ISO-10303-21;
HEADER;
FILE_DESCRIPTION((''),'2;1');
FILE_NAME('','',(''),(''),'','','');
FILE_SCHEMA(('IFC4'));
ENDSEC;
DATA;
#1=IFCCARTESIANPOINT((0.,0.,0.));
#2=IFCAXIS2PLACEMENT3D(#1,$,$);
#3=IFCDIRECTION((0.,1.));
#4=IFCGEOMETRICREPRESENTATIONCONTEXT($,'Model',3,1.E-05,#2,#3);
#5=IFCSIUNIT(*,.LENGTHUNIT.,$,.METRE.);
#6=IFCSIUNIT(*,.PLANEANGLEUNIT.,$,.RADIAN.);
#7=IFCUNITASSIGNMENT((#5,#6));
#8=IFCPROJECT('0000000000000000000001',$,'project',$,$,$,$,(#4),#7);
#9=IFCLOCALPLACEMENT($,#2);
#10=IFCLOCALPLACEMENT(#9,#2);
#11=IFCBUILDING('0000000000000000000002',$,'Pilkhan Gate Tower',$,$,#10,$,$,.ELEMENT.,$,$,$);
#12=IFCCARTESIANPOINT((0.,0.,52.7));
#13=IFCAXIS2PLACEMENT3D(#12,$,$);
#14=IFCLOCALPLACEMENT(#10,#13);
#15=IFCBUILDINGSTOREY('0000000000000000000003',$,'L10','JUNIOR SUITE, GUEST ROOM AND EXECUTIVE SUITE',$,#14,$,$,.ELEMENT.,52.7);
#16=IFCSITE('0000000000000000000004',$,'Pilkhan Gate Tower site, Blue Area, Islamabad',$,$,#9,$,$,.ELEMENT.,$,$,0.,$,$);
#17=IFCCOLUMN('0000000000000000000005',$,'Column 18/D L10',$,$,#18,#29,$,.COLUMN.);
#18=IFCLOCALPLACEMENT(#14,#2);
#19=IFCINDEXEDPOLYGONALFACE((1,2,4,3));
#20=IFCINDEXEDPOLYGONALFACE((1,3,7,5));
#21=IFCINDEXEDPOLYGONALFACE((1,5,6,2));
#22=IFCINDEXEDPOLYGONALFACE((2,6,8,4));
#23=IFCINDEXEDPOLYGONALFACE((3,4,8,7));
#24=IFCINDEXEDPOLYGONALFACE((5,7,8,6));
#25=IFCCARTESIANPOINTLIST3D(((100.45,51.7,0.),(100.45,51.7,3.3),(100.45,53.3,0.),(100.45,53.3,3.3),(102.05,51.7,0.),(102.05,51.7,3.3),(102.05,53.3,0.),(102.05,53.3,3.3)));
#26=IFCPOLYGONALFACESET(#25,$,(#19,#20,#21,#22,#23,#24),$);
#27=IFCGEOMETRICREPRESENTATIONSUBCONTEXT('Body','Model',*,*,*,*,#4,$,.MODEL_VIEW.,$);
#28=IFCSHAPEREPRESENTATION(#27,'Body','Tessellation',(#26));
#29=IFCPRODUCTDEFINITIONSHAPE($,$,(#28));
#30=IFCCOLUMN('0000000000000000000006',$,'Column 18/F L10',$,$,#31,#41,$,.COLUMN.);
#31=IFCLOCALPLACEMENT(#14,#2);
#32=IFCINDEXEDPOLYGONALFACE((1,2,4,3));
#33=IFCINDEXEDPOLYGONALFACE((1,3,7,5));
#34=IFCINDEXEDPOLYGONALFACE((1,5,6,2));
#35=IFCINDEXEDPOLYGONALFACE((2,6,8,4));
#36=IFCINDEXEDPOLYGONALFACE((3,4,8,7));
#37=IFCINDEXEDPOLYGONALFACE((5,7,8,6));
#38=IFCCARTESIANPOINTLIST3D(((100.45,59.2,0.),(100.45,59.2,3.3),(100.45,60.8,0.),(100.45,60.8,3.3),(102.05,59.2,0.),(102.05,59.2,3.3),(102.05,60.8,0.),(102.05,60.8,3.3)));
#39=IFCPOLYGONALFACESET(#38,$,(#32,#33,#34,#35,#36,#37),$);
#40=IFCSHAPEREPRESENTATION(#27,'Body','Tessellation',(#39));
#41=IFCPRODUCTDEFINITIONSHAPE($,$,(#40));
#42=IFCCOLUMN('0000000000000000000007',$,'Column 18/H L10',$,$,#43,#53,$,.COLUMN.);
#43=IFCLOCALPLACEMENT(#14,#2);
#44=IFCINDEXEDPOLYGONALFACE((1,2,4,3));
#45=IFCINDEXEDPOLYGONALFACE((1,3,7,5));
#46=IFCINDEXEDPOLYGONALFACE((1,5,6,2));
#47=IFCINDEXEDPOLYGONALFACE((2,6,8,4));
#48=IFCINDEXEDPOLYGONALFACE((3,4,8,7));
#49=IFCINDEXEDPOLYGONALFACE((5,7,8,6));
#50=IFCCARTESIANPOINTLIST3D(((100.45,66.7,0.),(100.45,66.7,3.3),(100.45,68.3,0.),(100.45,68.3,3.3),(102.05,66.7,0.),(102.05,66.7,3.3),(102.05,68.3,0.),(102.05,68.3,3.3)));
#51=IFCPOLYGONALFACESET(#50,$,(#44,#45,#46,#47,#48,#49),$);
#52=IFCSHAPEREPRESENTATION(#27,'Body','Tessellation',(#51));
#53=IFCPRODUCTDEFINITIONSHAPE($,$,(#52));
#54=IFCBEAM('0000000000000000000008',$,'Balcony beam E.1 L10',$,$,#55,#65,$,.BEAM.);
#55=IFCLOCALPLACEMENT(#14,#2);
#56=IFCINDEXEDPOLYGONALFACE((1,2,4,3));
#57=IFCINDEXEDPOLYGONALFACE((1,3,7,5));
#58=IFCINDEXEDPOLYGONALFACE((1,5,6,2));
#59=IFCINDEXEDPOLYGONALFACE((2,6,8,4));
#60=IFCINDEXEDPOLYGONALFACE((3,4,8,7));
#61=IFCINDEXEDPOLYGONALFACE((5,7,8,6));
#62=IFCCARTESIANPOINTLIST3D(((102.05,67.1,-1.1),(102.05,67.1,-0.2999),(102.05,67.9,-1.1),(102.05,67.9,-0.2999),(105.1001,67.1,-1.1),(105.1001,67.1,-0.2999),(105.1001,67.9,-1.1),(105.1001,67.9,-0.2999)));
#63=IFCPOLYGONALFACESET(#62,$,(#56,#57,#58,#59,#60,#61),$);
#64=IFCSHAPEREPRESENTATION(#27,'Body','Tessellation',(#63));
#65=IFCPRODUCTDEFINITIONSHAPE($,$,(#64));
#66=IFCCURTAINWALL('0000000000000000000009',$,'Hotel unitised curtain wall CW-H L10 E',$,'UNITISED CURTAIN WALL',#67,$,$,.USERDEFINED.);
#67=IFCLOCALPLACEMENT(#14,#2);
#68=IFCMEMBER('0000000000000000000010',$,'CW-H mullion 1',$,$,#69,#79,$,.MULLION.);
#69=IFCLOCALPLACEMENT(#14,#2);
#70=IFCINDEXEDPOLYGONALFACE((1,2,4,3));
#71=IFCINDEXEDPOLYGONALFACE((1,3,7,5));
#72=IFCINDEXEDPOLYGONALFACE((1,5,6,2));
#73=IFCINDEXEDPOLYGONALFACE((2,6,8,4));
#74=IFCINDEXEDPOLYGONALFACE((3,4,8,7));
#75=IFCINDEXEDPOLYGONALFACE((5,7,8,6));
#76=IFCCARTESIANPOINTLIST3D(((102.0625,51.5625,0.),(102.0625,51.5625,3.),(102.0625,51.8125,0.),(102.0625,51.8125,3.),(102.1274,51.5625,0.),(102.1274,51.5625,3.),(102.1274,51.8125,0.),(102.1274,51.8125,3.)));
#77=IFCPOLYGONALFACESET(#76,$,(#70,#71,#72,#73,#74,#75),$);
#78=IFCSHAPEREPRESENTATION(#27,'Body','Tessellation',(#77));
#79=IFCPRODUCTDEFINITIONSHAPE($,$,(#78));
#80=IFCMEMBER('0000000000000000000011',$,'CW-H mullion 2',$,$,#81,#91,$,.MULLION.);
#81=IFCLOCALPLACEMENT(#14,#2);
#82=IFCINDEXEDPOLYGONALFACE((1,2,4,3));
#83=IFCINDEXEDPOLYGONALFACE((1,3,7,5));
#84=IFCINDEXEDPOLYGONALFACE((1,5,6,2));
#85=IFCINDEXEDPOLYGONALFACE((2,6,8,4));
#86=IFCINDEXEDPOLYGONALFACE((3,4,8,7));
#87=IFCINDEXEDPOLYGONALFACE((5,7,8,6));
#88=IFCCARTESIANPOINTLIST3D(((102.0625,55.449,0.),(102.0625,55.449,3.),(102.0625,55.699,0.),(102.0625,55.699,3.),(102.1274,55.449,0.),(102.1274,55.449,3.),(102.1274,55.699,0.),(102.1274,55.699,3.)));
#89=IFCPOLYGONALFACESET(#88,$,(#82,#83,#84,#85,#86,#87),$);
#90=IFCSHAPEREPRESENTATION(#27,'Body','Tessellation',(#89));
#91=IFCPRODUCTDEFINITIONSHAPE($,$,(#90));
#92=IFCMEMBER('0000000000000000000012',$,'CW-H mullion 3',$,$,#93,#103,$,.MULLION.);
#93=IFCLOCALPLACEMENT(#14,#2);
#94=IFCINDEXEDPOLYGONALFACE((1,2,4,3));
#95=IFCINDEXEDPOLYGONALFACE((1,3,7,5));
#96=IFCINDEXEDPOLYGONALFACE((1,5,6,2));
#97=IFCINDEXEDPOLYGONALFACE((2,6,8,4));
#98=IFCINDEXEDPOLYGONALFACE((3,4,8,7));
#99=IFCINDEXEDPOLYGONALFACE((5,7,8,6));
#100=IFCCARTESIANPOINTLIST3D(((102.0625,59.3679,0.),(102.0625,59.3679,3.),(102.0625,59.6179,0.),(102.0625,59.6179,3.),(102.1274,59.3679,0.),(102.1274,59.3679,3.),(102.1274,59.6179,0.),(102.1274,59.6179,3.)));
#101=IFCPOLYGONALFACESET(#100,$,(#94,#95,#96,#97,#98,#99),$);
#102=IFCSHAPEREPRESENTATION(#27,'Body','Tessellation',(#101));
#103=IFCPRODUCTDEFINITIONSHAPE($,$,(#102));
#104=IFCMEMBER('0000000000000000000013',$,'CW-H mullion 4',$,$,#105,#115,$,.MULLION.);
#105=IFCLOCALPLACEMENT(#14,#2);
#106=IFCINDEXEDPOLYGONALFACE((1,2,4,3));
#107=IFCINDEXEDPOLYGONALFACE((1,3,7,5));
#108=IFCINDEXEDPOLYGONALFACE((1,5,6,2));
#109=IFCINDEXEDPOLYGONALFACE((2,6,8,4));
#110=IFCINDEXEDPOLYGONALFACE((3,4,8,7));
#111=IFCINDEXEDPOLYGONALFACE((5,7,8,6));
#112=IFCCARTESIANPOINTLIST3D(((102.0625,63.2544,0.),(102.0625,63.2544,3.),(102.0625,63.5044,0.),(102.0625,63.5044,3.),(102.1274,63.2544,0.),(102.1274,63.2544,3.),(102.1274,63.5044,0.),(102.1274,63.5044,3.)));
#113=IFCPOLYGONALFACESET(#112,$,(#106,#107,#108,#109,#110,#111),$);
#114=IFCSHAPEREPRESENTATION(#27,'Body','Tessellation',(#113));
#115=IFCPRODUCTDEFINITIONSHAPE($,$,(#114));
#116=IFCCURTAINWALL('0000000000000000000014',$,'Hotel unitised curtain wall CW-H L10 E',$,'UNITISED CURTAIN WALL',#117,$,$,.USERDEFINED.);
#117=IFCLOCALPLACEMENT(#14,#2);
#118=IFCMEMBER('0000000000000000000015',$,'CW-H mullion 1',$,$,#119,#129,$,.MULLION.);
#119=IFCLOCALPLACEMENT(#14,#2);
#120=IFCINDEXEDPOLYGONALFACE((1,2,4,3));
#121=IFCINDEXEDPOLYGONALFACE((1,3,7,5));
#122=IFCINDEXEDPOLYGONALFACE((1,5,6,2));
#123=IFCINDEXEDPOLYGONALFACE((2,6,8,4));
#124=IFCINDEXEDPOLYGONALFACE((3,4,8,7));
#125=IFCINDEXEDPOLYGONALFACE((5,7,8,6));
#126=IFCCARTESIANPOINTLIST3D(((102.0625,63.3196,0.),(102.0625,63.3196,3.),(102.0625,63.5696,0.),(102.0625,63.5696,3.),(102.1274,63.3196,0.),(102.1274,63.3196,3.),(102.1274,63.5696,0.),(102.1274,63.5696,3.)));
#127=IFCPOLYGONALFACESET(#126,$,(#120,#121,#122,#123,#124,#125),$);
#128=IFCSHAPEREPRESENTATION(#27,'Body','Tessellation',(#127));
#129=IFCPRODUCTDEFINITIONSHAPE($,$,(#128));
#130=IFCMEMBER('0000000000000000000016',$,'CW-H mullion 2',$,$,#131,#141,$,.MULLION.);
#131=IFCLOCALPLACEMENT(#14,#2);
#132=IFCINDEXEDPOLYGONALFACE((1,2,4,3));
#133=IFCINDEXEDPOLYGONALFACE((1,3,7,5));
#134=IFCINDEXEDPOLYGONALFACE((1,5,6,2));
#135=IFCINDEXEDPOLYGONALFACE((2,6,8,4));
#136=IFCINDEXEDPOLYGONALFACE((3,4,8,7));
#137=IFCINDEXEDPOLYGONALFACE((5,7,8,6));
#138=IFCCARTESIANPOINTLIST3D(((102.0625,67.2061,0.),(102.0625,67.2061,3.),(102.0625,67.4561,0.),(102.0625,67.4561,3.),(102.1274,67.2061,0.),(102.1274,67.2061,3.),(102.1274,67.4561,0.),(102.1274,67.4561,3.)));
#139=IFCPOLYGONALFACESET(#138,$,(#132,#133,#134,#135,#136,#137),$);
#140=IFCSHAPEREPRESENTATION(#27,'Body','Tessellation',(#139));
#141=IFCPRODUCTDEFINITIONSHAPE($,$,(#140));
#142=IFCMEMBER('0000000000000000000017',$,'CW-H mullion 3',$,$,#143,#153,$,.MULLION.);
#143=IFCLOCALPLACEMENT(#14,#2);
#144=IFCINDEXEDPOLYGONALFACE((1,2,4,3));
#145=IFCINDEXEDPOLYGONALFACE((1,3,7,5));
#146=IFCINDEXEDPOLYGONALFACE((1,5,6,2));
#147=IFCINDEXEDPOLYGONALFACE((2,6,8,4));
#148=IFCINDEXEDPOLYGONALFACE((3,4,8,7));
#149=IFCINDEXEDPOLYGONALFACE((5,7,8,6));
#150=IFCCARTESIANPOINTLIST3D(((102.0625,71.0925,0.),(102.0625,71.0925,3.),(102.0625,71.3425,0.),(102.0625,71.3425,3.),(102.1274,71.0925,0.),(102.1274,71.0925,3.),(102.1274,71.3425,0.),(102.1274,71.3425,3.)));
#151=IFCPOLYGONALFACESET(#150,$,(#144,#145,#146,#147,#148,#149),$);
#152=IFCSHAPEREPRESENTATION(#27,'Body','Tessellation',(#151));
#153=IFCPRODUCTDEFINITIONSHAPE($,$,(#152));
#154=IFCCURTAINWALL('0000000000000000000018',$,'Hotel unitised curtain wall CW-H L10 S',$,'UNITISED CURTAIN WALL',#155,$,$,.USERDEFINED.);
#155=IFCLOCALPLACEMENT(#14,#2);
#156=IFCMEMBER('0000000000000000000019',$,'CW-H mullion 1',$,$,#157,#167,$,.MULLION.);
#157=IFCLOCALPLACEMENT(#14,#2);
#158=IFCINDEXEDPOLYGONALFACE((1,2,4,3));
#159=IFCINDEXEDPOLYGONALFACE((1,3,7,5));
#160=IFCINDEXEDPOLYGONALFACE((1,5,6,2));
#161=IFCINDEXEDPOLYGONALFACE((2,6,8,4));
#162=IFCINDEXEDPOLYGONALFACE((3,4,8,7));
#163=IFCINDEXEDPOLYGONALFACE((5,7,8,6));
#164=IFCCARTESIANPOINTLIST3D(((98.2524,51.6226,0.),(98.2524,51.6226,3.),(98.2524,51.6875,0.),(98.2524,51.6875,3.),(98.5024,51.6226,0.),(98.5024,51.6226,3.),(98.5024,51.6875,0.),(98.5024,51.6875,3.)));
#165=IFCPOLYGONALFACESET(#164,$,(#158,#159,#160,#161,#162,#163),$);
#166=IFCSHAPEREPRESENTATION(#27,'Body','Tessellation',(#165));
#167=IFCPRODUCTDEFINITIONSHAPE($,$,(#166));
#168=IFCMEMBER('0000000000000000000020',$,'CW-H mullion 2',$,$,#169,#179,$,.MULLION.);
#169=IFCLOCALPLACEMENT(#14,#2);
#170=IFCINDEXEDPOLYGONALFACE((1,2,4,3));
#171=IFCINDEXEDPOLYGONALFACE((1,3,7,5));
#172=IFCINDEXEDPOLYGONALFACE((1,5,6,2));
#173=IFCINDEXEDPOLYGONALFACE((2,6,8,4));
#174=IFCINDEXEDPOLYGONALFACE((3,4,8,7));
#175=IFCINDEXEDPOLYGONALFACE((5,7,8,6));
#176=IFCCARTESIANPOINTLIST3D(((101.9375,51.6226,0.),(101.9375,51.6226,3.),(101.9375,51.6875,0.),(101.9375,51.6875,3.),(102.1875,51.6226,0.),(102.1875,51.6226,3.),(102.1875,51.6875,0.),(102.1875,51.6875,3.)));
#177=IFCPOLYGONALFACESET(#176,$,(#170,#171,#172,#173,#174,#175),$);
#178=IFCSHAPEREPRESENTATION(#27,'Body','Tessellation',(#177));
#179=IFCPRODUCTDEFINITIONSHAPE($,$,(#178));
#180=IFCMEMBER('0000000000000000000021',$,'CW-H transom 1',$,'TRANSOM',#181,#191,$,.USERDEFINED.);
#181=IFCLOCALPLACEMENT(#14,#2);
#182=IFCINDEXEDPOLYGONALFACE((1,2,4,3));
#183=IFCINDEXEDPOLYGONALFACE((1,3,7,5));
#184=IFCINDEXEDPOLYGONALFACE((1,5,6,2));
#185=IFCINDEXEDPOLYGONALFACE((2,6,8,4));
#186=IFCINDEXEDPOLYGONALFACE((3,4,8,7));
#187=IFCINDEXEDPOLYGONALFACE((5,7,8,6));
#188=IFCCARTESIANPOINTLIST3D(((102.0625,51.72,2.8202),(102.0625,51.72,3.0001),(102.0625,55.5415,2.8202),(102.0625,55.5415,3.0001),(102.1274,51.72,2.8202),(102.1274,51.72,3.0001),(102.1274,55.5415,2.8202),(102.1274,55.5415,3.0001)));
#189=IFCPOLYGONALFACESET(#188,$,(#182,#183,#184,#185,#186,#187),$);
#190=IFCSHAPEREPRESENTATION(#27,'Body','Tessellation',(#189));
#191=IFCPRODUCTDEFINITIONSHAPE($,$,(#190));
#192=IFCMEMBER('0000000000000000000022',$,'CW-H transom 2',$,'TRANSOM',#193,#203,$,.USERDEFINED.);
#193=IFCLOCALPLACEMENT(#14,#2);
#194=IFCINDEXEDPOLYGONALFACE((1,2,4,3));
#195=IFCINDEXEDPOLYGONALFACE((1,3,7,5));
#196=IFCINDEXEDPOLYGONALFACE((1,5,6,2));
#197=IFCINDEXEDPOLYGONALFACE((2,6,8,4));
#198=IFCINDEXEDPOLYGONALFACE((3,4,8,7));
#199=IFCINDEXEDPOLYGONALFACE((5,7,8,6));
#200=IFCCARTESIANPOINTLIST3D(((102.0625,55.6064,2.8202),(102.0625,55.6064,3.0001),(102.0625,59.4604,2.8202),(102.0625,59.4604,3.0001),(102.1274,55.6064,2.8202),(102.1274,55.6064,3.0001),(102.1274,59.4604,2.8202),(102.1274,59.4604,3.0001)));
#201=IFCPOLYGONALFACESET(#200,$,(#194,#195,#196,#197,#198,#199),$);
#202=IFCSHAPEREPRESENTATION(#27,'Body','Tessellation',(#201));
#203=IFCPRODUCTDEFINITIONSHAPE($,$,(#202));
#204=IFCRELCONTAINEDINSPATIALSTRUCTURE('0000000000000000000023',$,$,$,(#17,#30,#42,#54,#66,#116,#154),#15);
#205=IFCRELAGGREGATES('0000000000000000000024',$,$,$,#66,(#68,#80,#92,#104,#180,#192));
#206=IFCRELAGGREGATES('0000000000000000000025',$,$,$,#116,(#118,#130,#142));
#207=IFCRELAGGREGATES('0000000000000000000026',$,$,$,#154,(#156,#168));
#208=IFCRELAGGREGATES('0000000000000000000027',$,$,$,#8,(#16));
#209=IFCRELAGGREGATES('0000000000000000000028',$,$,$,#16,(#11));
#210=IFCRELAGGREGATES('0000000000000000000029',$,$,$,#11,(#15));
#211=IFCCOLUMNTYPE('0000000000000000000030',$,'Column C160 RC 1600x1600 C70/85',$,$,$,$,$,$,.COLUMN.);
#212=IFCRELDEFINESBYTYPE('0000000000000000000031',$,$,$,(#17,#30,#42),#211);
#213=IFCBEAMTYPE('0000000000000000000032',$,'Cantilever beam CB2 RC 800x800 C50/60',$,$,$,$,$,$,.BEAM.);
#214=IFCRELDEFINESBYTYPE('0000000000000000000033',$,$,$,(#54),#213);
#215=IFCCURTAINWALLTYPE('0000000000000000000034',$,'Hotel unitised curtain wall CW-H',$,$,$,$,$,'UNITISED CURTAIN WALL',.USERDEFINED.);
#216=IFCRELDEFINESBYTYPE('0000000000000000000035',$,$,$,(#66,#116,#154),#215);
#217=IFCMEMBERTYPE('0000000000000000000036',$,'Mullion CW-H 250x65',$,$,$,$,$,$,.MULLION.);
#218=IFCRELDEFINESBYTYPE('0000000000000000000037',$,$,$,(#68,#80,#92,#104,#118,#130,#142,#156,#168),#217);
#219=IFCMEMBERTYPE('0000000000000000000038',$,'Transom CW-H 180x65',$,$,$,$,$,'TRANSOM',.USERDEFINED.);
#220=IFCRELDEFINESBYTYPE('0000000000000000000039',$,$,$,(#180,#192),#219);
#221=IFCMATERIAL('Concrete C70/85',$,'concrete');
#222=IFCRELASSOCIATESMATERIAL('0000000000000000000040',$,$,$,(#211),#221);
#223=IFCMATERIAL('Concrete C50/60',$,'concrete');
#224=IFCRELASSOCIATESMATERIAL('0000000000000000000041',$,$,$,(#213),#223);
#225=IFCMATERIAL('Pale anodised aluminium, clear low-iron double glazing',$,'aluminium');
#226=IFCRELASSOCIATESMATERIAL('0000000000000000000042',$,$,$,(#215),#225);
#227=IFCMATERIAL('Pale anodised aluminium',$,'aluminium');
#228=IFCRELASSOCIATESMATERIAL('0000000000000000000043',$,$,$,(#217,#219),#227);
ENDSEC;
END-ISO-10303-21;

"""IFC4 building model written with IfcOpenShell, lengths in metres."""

from ifc_helpers import new_model, si_unit, direction, frame, origin, origin_2d, place, context, subcontext, project, spatial, rectangle, extrude, material, material_profile, profile_set, type_object, element, aggregate, save


model = new_model("IFC4")

# Units and contexts
model_context = context("Model", 3, precision=1e-05, world=origin(), true_north=direction((0.0, 1.0)))
body_context = subcontext(model_context, "Body", "Model", "MODEL_VIEW")
ifc_project = project(units=[si_unit("LENGTHUNIT", "METRE"), si_unit("PLANEANGLEUNIT", "RADIAN")], contexts=[model_context])

# Site, building, storey
site_placement = place(None, origin())
site = spatial("IfcSite", under=ifc_project, at=site_placement, Name="Pilkhan Gate Tower site, Blue Area, Islamabad", CompositionType="ELEMENT", RefElevation=0.0)
building_placement = place(site_placement, origin())
building = spatial("IfcBuilding", under=site, at=building_placement, Name="Pilkhan Gate Tower", CompositionType="ELEMENT")
storey_placement = place(building_placement, frame((0.0, 0.0, 52.7)))
storey = spatial("IfcBuildingStorey", under=building, at=storey_placement, Name="L10", Description="JUNIOR SUITE, GUEST ROOM AND EXECUTIVE SUITE", CompositionType="ELEMENT", Elevation=52.7)

# Columns
ifc_material_1 = material(Name="Concrete C70/85", Category="concrete")
ifc_material_profile_1 = material_profile(ifc_material_1, rectangle(XDim=1.6001, YDim=1.6001, at=origin_2d()), Name="RC 1600x1600")
ifc_profile_set_1 = profile_set([ifc_material_profile_1], Name="Concrete C70/85")
column_type = type_object("IfcColumnType", Name="Column C160 RC 1600x1600 C70/85", PredefinedType="COLUMN", material=ifc_profile_set_1)
for number, where, z_axis, x_axis, name in (
    (1, (101.25, 52.5, 0.0), (0.0, 0.0, 1.0), (1.0, 0.0, 0.0), "Column 18/D L10"),
    (2, (101.25, 60.0, 0.0), (0.0, 0.0, 1.0), (1.0, 0.0, 0.0), "Column 18/F L10"),
    (3, (101.25, 67.5, 0.0), (0.0, 0.0, 1.0), (1.0, 0.0, 0.0), "Column 18/H L10"),
):
    element("IfcColumn", number, at=place(storey_placement, frame(where, z_axis=z_axis, x_axis=x_axis)), inside=storey, type_object=column_type, Name=name, PredefinedType="COLUMN", context=body_context, shape_type="SweptSolid", body=[
        extrude(rectangle(XDim=1.6001, YDim=1.6001, at=origin_2d()), origin(), (0.0, 0.0, 1.0), 3.3),
    ])

# Beam
ifc_material_2 = material(Name="Concrete C50/60", Category="concrete")
ifc_material_profile_2 = material_profile(ifc_material_2, rectangle(XDim=0.8, YDim=0.8, at=origin_2d()), Name="RC 800x800")
ifc_profile_set_2 = profile_set([ifc_material_profile_2], Name="Concrete C50/60")
beam_type = type_object("IfcBeamType", Name="Cantilever beam CB2 RC 800x800 C50/60", PredefinedType="BEAM", material=ifc_profile_set_2)
beam_placement = place(storey_placement, frame((102.05, 67.5, -0.7), z_axis=(1.0, 0.0, 0.0), x_axis=(0.0, 1.0, 0.0)))
element("IfcBeam", 4, at=beam_placement, inside=storey, type_object=beam_type, Name="Balcony beam E.1 L10", PredefinedType="BEAM", context=body_context, shape_type="SweptSolid", body=[
    extrude(rectangle(XDim=0.8, YDim=0.8, at=origin_2d()), origin(), (0.0, 0.0, 1.0), 3.05),
])

# Curtain walls, members
ifc_material_3 = material(Name="Pale anodised aluminium, clear low-iron double glazing", Category="aluminium")
curtain_wall_type = type_object("IfcCurtainWallType", Name="Hotel unitised curtain wall CW-H", ElementType="UNITISED CURTAIN WALL", PredefinedType="USERDEFINED", material=ifc_material_3)
curtain_wall_1_placement = place(storey_placement, origin())
curtain_wall_1 = element("IfcCurtainWall", 5, at=curtain_wall_1_placement, inside=storey, type_object=curtain_wall_type, Name="Hotel unitised curtain wall CW-H L10 E", ObjectType="UNITISED CURTAIN WALL", PredefinedType="USERDEFINED")
ifc_material_4 = material(Name="Pale anodised aluminium", Category="aluminium")
ifc_material_profile_3 = material_profile(ifc_material_4, rectangle(XDim=0.0649, YDim=0.25, at=origin_2d()), Name="Mullion 250x65")
ifc_profile_set_3 = profile_set([ifc_material_profile_3], Name="Pale anodised aluminium")
member_type_1 = type_object("IfcMemberType", Name="Mullion CW-H 250x65", PredefinedType="MULLION", material=ifc_profile_set_3)
member_1_placement = place(storey_placement, frame((102.095, 51.6875, 0.0), z_axis=(0.0, 0.0, 1.0), x_axis=(-1.0, 0.0, 0.0)))
member_1 = element("IfcMember", 6, at=member_1_placement, type_object=member_type_1, Name="CW-H mullion 1", PredefinedType="MULLION", context=body_context, shape_type="SweptSolid", body=[
    extrude(rectangle(XDim=0.0649, YDim=0.25, at=origin_2d()), origin(), (0.0, 0.0, 1.0), 3.0),
])
member_2_placement = place(storey_placement, frame((102.095, 55.574, 0.0), z_axis=(0.0, 0.0, 1.0), x_axis=(-1.0, 0.0, 0.0)))
member_2 = element("IfcMember", 7, at=member_2_placement, type_object=member_type_1, Name="CW-H mullion 2", PredefinedType="MULLION", context=body_context, shape_type="SweptSolid", body=[
    extrude(rectangle(XDim=0.0649, YDim=0.25, at=origin_2d()), origin(), (0.0, 0.0, 1.0), 3.0),
])
member_3_placement = place(storey_placement, frame((102.095, 59.4929, 0.0), z_axis=(0.0, 0.0, 1.0), x_axis=(-1.0, 0.0, 0.0)))
member_3 = element("IfcMember", 8, at=member_3_placement, type_object=member_type_1, Name="CW-H mullion 3", PredefinedType="MULLION", context=body_context, shape_type="SweptSolid", body=[
    extrude(rectangle(XDim=0.0649, YDim=0.25, at=origin_2d()), origin(), (0.0, 0.0, 1.0), 3.0),
])
member_4_placement = place(storey_placement, frame((102.095, 63.3794, 0.0), z_axis=(0.0, 0.0, 1.0), x_axis=(-1.0, 0.0, 0.0)))
member_4 = element("IfcMember", 9, at=member_4_placement, type_object=member_type_1, Name="CW-H mullion 4", PredefinedType="MULLION", context=body_context, shape_type="SweptSolid", body=[
    extrude(rectangle(XDim=0.0649, YDim=0.25, at=origin_2d()), origin(), (0.0, 0.0, 1.0), 3.0),
])
curtain_wall_2_placement = place(storey_placement, origin())
curtain_wall_2 = element("IfcCurtainWall", 10, at=curtain_wall_2_placement, inside=storey, type_object=curtain_wall_type, Name="Hotel unitised curtain wall CW-H L10 E", ObjectType="UNITISED CURTAIN WALL", PredefinedType="USERDEFINED")
member_5_placement = place(storey_placement, frame((102.095, 63.4446, 0.0), z_axis=(0.0, 0.0, 1.0), x_axis=(-1.0, 0.0, 0.0)))
member_5 = element("IfcMember", 11, at=member_5_placement, type_object=member_type_1, Name="CW-H mullion 1", PredefinedType="MULLION", context=body_context, shape_type="SweptSolid", body=[
    extrude(rectangle(XDim=0.0649, YDim=0.25, at=origin_2d()), origin(), (0.0, 0.0, 1.0), 3.0),
])
member_6_placement = place(storey_placement, frame((102.095, 67.3311, 0.0), z_axis=(0.0, 0.0, 1.0), x_axis=(-1.0, 0.0, 0.0)))
member_6 = element("IfcMember", 12, at=member_6_placement, type_object=member_type_1, Name="CW-H mullion 2", PredefinedType="MULLION", context=body_context, shape_type="SweptSolid", body=[
    extrude(rectangle(XDim=0.0649, YDim=0.25, at=origin_2d()), origin(), (0.0, 0.0, 1.0), 3.0),
])
member_7_placement = place(storey_placement, frame((102.095, 71.2175, 0.0), z_axis=(0.0, 0.0, 1.0), x_axis=(-1.0, 0.0, 0.0)))
member_7 = element("IfcMember", 13, at=member_7_placement, type_object=member_type_1, Name="CW-H mullion 3", PredefinedType="MULLION", context=body_context, shape_type="SweptSolid", body=[
    extrude(rectangle(XDim=0.0649, YDim=0.25, at=origin_2d()), origin(), (0.0, 0.0, 1.0), 3.0),
])
curtain_wall_3_placement = place(storey_placement, origin())
curtain_wall_3 = element("IfcCurtainWall", 14, at=curtain_wall_3_placement, inside=storey, type_object=curtain_wall_type, Name="Hotel unitised curtain wall CW-H L10 S", ObjectType="UNITISED CURTAIN WALL", PredefinedType="USERDEFINED")
member_8_placement = place(storey_placement, frame((98.3774, 51.655, 0.0), z_axis=(0.0, 0.0, 1.0), x_axis=(0.0, 1.0, 0.0)))
member_8 = element("IfcMember", 15, at=member_8_placement, type_object=member_type_1, Name="CW-H mullion 1", PredefinedType="MULLION", context=body_context, shape_type="SweptSolid", body=[
    extrude(rectangle(XDim=0.0649, YDim=0.25, at=origin_2d()), origin(), (0.0, 0.0, 1.0), 3.0),
])
member_9_placement = place(storey_placement, frame((102.0625, 51.655, 0.0), z_axis=(0.0, 0.0, 1.0), x_axis=(0.0, 1.0, 0.0)))
member_9 = element("IfcMember", 16, at=member_9_placement, type_object=member_type_1, Name="CW-H mullion 2", PredefinedType="MULLION", context=body_context, shape_type="SweptSolid", body=[
    extrude(rectangle(XDim=0.0649, YDim=0.25, at=origin_2d()), origin(), (0.0, 0.0, 1.0), 3.0),
])

# Members
ifc_material_profile_4 = material_profile(ifc_material_4, rectangle(XDim=0.0649, YDim=0.1799, at=origin_2d()), Name="Transom 180x65")
ifc_profile_set_4 = profile_set([ifc_material_profile_4], Name="Pale anodised aluminium")
member_type_2 = type_object("IfcMemberType", Name="Transom CW-H 180x65", ElementType="TRANSOM", PredefinedType="USERDEFINED", material=ifc_profile_set_4)
member_10_placement = place(storey_placement, frame((102.095, 51.72, 2.9102), z_axis=(0.0, 1.0, 0.0), x_axis=(-1.0, 0.0, 0.0)))
member_10 = element("IfcMember", 17, at=member_10_placement, type_object=member_type_2, Name="CW-H transom 1", ObjectType="TRANSOM", PredefinedType="USERDEFINED", context=body_context, shape_type="SweptSolid", body=[
    extrude(rectangle(XDim=0.0649, YDim=0.1799, at=origin_2d()), origin(), (0.0, 0.0, 1.0), 3.8215),
])
member_11_placement = place(storey_placement, frame((102.095, 55.6064, 2.9102), z_axis=(0.0, 1.0, 0.0), x_axis=(-1.0, 0.0, 0.0)))
member_11 = element("IfcMember", 18, at=member_11_placement, type_object=member_type_2, Name="CW-H transom 2", ObjectType="TRANSOM", PredefinedType="USERDEFINED", context=body_context, shape_type="SweptSolid", body=[
    extrude(rectangle(XDim=0.0649, YDim=0.1799, at=origin_2d()), origin(), (0.0, 0.0, 1.0), 3.854),
])

aggregate(curtain_wall_1, [member_1, member_2, member_3, member_4, member_10, member_11])
aggregate(curtain_wall_2, [member_5, member_6, member_7])
aggregate(curtain_wall_3, [member_8, member_9])

save(model, "model.ifc")
